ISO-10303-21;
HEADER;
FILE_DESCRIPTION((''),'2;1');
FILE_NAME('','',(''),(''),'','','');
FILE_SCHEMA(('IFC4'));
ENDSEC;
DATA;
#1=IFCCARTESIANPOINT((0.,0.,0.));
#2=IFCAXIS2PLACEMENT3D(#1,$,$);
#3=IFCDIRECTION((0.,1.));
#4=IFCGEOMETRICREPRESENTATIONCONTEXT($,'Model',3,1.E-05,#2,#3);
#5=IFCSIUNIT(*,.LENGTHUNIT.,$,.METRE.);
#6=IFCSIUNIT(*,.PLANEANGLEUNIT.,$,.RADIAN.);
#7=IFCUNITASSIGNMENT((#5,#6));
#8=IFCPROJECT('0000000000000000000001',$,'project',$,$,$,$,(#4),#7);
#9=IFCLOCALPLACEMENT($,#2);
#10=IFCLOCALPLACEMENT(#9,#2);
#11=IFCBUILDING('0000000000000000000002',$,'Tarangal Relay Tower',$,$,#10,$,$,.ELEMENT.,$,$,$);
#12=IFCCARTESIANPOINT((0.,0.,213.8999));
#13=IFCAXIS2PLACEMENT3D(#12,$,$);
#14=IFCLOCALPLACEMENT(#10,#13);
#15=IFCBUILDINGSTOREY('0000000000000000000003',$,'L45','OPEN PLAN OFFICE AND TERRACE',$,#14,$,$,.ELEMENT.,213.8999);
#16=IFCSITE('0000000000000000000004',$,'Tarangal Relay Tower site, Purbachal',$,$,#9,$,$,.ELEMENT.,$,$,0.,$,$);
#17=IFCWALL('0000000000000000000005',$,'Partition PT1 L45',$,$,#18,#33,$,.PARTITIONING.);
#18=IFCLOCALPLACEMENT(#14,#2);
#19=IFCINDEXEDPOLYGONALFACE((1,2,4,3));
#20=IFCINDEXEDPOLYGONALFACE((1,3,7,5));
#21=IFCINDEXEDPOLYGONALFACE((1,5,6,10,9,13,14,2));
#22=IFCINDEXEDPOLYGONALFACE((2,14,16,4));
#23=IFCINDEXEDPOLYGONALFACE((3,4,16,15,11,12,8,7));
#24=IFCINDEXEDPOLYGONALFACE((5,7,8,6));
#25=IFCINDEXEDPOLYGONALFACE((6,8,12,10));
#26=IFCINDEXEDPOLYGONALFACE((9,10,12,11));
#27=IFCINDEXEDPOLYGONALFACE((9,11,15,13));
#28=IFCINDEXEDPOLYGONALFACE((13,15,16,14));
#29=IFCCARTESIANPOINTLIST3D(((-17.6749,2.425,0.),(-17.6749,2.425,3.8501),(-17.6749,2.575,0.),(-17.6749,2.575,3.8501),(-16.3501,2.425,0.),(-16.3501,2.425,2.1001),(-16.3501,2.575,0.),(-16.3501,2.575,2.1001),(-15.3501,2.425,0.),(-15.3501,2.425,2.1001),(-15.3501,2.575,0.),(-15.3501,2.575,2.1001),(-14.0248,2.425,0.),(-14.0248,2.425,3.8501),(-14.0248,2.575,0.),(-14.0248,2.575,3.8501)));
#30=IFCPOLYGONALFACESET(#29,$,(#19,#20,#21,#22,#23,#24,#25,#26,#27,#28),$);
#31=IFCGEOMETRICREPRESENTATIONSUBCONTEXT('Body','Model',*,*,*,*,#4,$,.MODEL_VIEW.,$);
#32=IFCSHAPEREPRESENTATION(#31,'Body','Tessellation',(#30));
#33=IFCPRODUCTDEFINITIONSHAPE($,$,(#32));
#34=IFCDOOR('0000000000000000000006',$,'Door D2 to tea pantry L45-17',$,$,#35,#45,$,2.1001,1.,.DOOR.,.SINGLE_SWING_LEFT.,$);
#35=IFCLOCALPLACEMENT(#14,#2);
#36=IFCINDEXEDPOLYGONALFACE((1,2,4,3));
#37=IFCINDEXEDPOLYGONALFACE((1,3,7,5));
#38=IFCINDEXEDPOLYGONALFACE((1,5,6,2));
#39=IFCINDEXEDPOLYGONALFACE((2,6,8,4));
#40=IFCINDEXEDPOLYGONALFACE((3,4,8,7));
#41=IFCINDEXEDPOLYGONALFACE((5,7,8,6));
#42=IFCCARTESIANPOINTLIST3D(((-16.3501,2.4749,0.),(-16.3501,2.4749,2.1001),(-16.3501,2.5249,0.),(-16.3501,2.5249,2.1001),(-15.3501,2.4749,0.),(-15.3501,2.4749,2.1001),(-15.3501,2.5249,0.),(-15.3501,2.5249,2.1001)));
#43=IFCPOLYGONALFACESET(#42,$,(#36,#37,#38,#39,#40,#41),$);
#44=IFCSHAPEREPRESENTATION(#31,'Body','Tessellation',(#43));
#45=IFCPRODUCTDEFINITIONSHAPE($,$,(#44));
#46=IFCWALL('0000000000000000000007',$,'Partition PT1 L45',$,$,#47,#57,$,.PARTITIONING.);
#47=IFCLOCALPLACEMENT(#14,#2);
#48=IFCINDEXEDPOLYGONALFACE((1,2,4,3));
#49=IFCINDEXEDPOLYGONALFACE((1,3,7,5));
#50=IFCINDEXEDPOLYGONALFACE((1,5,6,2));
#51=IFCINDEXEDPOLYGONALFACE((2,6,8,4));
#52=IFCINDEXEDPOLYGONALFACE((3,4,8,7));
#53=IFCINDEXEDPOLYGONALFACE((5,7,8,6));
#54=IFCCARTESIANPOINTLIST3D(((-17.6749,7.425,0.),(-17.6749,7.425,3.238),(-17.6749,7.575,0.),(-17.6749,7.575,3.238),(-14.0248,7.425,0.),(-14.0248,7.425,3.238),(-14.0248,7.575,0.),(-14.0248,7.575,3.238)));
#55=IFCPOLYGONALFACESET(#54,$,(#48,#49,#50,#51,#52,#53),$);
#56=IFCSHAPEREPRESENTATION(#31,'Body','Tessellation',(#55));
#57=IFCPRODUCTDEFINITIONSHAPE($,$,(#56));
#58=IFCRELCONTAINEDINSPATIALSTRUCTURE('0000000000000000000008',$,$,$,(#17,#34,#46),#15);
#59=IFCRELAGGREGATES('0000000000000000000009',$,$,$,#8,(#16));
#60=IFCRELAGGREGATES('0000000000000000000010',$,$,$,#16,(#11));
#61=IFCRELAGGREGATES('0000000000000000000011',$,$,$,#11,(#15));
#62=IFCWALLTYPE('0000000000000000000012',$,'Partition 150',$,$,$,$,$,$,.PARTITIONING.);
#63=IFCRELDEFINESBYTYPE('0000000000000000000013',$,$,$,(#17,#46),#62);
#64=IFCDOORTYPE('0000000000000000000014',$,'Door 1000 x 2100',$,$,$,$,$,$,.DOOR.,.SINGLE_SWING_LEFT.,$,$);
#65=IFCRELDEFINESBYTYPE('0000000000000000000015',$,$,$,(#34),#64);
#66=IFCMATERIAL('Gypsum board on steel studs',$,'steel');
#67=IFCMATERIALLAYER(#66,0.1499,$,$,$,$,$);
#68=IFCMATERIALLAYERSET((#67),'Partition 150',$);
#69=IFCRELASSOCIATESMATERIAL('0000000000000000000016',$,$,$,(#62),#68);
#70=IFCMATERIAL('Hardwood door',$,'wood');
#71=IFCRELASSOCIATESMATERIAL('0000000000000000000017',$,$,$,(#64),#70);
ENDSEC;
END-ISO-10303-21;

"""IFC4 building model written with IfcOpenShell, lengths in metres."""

from ifc_helpers import new_model, si_unit, direction, frame, frame_2d, origin, place, context, subcontext, project, spatial, rectangle, extrude, material, layer, layer_set, type_object, element, fill, save


model = new_model("IFC4")

# Units and contexts
model_context = context("Model", 3, precision=1e-05, world=origin(), true_north=direction((0.0, 1.0)))
body_context = subcontext(model_context, "Body", "Model", "MODEL_VIEW")
ifc_project = project(units=[si_unit("LENGTHUNIT", "METRE"), si_unit("PLANEANGLEUNIT", "RADIAN")], contexts=[model_context])

# Site, building, storey
site_placement = place(None, origin())
site = spatial("IfcSite", under=ifc_project, at=site_placement, Name="Tarangal Relay Tower site, Purbachal", CompositionType="ELEMENT", RefElevation=0.0)
building_placement = place(site_placement, origin())
building = spatial("IfcBuilding", under=site, at=building_placement, Name="Tarangal Relay Tower", CompositionType="ELEMENT")
storey_placement = place(building_placement, frame((0.0, 0.0, 213.8999)))
storey = spatial("IfcBuildingStorey", under=building, at=storey_placement, Name="L45", Description="OPEN PLAN OFFICE AND TERRACE", CompositionType="ELEMENT", Elevation=213.8999)

# Wall, opening, door
ifc_material_1 = material(Name="Gypsum board on steel studs", Category="steel")
ifc_layer_1 = layer(ifc_material_1, 0.1499)
ifc_layer_set_1 = layer_set([ifc_layer_1], Name="Partition 150")
wall_type_1 = type_object("IfcWallType", Name="Partition 150", PredefinedType="PARTITIONING", material=ifc_layer_set_1)
wall_1_placement = place(storey_placement, frame((-17.675, 2.5, 0.0), z_axis=(0.0, 0.0, 1.0), x_axis=(1.0, 0.0, 0.0)))
wall_1 = element("IfcWall", 1, at=wall_1_placement, inside=storey, type_object=wall_type_1, Name="Partition PT1 L45", PredefinedType="PARTITIONING", context=body_context, shape_type="SweptSolid", body=[
    extrude(rectangle(XDim=3.6501, YDim=0.1499, at=frame_2d((1.8252, 0.0))), origin(), (0.0, 0.0, 1.0), 3.8501),
])
opening_1_placement = place(wall_1_placement, frame((1.325, 0.0, 0.0)))
opening_1 = element("IfcOpeningElement", 2, at=opening_1_placement, cuts=wall_1, PredefinedType="OPENING", context=body_context, shape_type="SweptSolid", body=[
    extrude(rectangle(XDim=1.0, YDim=2.1001, at=frame_2d((0.5, 1.05))), frame((0.0, 0.085, 0.0), z_axis=(0.0, -1.0, 0.0), x_axis=(1.0, 0.0, 0.0)), (0.0, 0.0, 1.0), 0.1699),
])
ifc_material_2 = material(Name="Hardwood door", Category="wood")
door_type_1 = type_object("IfcDoorType", Name="Door 1000 x 2100", OperationType="SINGLE_SWING_LEFT", PredefinedType="DOOR", material=ifc_material_2)
door_1_placement = place(opening_1_placement, origin())
door_1 = element("IfcDoor", 3, at=door_1_placement, inside=storey, type_object=door_type_1, Name="Door D2 to tea pantry L45-17", OperationType="SINGLE_SWING_LEFT", OverallHeight=2.1001, OverallWidth=1.0, PredefinedType="DOOR", context=body_context, shape_type="SweptSolid", body=[
    extrude(rectangle(XDim=1.0, YDim=2.1001, at=frame_2d((0.5, 1.05))), frame((0.0, 0.0249, 0.0), z_axis=(0.0, -1.0, 0.0), x_axis=(1.0, 0.0, 0.0)), (0.0, 0.0, 1.0), 0.05),
])
fill(opening_1, door_1)

# Wall
wall_2_placement = place(storey_placement, frame((-17.675, 7.5, 0.0), z_axis=(0.0, 0.0, 1.0), x_axis=(1.0, 0.0, 0.0)))
element("IfcWall", 4, at=wall_2_placement, inside=storey, type_object=wall_type_1, Name="Partition PT1 L45", PredefinedType="PARTITIONING", context=body_context, shape_type="SweptSolid", body=[
    extrude(rectangle(XDim=3.6501, YDim=0.1499, at=frame_2d((1.8252, 0.0))), origin(), (0.0, 0.0, 1.0), 3.238),
])

save(model, "model.ifc")
